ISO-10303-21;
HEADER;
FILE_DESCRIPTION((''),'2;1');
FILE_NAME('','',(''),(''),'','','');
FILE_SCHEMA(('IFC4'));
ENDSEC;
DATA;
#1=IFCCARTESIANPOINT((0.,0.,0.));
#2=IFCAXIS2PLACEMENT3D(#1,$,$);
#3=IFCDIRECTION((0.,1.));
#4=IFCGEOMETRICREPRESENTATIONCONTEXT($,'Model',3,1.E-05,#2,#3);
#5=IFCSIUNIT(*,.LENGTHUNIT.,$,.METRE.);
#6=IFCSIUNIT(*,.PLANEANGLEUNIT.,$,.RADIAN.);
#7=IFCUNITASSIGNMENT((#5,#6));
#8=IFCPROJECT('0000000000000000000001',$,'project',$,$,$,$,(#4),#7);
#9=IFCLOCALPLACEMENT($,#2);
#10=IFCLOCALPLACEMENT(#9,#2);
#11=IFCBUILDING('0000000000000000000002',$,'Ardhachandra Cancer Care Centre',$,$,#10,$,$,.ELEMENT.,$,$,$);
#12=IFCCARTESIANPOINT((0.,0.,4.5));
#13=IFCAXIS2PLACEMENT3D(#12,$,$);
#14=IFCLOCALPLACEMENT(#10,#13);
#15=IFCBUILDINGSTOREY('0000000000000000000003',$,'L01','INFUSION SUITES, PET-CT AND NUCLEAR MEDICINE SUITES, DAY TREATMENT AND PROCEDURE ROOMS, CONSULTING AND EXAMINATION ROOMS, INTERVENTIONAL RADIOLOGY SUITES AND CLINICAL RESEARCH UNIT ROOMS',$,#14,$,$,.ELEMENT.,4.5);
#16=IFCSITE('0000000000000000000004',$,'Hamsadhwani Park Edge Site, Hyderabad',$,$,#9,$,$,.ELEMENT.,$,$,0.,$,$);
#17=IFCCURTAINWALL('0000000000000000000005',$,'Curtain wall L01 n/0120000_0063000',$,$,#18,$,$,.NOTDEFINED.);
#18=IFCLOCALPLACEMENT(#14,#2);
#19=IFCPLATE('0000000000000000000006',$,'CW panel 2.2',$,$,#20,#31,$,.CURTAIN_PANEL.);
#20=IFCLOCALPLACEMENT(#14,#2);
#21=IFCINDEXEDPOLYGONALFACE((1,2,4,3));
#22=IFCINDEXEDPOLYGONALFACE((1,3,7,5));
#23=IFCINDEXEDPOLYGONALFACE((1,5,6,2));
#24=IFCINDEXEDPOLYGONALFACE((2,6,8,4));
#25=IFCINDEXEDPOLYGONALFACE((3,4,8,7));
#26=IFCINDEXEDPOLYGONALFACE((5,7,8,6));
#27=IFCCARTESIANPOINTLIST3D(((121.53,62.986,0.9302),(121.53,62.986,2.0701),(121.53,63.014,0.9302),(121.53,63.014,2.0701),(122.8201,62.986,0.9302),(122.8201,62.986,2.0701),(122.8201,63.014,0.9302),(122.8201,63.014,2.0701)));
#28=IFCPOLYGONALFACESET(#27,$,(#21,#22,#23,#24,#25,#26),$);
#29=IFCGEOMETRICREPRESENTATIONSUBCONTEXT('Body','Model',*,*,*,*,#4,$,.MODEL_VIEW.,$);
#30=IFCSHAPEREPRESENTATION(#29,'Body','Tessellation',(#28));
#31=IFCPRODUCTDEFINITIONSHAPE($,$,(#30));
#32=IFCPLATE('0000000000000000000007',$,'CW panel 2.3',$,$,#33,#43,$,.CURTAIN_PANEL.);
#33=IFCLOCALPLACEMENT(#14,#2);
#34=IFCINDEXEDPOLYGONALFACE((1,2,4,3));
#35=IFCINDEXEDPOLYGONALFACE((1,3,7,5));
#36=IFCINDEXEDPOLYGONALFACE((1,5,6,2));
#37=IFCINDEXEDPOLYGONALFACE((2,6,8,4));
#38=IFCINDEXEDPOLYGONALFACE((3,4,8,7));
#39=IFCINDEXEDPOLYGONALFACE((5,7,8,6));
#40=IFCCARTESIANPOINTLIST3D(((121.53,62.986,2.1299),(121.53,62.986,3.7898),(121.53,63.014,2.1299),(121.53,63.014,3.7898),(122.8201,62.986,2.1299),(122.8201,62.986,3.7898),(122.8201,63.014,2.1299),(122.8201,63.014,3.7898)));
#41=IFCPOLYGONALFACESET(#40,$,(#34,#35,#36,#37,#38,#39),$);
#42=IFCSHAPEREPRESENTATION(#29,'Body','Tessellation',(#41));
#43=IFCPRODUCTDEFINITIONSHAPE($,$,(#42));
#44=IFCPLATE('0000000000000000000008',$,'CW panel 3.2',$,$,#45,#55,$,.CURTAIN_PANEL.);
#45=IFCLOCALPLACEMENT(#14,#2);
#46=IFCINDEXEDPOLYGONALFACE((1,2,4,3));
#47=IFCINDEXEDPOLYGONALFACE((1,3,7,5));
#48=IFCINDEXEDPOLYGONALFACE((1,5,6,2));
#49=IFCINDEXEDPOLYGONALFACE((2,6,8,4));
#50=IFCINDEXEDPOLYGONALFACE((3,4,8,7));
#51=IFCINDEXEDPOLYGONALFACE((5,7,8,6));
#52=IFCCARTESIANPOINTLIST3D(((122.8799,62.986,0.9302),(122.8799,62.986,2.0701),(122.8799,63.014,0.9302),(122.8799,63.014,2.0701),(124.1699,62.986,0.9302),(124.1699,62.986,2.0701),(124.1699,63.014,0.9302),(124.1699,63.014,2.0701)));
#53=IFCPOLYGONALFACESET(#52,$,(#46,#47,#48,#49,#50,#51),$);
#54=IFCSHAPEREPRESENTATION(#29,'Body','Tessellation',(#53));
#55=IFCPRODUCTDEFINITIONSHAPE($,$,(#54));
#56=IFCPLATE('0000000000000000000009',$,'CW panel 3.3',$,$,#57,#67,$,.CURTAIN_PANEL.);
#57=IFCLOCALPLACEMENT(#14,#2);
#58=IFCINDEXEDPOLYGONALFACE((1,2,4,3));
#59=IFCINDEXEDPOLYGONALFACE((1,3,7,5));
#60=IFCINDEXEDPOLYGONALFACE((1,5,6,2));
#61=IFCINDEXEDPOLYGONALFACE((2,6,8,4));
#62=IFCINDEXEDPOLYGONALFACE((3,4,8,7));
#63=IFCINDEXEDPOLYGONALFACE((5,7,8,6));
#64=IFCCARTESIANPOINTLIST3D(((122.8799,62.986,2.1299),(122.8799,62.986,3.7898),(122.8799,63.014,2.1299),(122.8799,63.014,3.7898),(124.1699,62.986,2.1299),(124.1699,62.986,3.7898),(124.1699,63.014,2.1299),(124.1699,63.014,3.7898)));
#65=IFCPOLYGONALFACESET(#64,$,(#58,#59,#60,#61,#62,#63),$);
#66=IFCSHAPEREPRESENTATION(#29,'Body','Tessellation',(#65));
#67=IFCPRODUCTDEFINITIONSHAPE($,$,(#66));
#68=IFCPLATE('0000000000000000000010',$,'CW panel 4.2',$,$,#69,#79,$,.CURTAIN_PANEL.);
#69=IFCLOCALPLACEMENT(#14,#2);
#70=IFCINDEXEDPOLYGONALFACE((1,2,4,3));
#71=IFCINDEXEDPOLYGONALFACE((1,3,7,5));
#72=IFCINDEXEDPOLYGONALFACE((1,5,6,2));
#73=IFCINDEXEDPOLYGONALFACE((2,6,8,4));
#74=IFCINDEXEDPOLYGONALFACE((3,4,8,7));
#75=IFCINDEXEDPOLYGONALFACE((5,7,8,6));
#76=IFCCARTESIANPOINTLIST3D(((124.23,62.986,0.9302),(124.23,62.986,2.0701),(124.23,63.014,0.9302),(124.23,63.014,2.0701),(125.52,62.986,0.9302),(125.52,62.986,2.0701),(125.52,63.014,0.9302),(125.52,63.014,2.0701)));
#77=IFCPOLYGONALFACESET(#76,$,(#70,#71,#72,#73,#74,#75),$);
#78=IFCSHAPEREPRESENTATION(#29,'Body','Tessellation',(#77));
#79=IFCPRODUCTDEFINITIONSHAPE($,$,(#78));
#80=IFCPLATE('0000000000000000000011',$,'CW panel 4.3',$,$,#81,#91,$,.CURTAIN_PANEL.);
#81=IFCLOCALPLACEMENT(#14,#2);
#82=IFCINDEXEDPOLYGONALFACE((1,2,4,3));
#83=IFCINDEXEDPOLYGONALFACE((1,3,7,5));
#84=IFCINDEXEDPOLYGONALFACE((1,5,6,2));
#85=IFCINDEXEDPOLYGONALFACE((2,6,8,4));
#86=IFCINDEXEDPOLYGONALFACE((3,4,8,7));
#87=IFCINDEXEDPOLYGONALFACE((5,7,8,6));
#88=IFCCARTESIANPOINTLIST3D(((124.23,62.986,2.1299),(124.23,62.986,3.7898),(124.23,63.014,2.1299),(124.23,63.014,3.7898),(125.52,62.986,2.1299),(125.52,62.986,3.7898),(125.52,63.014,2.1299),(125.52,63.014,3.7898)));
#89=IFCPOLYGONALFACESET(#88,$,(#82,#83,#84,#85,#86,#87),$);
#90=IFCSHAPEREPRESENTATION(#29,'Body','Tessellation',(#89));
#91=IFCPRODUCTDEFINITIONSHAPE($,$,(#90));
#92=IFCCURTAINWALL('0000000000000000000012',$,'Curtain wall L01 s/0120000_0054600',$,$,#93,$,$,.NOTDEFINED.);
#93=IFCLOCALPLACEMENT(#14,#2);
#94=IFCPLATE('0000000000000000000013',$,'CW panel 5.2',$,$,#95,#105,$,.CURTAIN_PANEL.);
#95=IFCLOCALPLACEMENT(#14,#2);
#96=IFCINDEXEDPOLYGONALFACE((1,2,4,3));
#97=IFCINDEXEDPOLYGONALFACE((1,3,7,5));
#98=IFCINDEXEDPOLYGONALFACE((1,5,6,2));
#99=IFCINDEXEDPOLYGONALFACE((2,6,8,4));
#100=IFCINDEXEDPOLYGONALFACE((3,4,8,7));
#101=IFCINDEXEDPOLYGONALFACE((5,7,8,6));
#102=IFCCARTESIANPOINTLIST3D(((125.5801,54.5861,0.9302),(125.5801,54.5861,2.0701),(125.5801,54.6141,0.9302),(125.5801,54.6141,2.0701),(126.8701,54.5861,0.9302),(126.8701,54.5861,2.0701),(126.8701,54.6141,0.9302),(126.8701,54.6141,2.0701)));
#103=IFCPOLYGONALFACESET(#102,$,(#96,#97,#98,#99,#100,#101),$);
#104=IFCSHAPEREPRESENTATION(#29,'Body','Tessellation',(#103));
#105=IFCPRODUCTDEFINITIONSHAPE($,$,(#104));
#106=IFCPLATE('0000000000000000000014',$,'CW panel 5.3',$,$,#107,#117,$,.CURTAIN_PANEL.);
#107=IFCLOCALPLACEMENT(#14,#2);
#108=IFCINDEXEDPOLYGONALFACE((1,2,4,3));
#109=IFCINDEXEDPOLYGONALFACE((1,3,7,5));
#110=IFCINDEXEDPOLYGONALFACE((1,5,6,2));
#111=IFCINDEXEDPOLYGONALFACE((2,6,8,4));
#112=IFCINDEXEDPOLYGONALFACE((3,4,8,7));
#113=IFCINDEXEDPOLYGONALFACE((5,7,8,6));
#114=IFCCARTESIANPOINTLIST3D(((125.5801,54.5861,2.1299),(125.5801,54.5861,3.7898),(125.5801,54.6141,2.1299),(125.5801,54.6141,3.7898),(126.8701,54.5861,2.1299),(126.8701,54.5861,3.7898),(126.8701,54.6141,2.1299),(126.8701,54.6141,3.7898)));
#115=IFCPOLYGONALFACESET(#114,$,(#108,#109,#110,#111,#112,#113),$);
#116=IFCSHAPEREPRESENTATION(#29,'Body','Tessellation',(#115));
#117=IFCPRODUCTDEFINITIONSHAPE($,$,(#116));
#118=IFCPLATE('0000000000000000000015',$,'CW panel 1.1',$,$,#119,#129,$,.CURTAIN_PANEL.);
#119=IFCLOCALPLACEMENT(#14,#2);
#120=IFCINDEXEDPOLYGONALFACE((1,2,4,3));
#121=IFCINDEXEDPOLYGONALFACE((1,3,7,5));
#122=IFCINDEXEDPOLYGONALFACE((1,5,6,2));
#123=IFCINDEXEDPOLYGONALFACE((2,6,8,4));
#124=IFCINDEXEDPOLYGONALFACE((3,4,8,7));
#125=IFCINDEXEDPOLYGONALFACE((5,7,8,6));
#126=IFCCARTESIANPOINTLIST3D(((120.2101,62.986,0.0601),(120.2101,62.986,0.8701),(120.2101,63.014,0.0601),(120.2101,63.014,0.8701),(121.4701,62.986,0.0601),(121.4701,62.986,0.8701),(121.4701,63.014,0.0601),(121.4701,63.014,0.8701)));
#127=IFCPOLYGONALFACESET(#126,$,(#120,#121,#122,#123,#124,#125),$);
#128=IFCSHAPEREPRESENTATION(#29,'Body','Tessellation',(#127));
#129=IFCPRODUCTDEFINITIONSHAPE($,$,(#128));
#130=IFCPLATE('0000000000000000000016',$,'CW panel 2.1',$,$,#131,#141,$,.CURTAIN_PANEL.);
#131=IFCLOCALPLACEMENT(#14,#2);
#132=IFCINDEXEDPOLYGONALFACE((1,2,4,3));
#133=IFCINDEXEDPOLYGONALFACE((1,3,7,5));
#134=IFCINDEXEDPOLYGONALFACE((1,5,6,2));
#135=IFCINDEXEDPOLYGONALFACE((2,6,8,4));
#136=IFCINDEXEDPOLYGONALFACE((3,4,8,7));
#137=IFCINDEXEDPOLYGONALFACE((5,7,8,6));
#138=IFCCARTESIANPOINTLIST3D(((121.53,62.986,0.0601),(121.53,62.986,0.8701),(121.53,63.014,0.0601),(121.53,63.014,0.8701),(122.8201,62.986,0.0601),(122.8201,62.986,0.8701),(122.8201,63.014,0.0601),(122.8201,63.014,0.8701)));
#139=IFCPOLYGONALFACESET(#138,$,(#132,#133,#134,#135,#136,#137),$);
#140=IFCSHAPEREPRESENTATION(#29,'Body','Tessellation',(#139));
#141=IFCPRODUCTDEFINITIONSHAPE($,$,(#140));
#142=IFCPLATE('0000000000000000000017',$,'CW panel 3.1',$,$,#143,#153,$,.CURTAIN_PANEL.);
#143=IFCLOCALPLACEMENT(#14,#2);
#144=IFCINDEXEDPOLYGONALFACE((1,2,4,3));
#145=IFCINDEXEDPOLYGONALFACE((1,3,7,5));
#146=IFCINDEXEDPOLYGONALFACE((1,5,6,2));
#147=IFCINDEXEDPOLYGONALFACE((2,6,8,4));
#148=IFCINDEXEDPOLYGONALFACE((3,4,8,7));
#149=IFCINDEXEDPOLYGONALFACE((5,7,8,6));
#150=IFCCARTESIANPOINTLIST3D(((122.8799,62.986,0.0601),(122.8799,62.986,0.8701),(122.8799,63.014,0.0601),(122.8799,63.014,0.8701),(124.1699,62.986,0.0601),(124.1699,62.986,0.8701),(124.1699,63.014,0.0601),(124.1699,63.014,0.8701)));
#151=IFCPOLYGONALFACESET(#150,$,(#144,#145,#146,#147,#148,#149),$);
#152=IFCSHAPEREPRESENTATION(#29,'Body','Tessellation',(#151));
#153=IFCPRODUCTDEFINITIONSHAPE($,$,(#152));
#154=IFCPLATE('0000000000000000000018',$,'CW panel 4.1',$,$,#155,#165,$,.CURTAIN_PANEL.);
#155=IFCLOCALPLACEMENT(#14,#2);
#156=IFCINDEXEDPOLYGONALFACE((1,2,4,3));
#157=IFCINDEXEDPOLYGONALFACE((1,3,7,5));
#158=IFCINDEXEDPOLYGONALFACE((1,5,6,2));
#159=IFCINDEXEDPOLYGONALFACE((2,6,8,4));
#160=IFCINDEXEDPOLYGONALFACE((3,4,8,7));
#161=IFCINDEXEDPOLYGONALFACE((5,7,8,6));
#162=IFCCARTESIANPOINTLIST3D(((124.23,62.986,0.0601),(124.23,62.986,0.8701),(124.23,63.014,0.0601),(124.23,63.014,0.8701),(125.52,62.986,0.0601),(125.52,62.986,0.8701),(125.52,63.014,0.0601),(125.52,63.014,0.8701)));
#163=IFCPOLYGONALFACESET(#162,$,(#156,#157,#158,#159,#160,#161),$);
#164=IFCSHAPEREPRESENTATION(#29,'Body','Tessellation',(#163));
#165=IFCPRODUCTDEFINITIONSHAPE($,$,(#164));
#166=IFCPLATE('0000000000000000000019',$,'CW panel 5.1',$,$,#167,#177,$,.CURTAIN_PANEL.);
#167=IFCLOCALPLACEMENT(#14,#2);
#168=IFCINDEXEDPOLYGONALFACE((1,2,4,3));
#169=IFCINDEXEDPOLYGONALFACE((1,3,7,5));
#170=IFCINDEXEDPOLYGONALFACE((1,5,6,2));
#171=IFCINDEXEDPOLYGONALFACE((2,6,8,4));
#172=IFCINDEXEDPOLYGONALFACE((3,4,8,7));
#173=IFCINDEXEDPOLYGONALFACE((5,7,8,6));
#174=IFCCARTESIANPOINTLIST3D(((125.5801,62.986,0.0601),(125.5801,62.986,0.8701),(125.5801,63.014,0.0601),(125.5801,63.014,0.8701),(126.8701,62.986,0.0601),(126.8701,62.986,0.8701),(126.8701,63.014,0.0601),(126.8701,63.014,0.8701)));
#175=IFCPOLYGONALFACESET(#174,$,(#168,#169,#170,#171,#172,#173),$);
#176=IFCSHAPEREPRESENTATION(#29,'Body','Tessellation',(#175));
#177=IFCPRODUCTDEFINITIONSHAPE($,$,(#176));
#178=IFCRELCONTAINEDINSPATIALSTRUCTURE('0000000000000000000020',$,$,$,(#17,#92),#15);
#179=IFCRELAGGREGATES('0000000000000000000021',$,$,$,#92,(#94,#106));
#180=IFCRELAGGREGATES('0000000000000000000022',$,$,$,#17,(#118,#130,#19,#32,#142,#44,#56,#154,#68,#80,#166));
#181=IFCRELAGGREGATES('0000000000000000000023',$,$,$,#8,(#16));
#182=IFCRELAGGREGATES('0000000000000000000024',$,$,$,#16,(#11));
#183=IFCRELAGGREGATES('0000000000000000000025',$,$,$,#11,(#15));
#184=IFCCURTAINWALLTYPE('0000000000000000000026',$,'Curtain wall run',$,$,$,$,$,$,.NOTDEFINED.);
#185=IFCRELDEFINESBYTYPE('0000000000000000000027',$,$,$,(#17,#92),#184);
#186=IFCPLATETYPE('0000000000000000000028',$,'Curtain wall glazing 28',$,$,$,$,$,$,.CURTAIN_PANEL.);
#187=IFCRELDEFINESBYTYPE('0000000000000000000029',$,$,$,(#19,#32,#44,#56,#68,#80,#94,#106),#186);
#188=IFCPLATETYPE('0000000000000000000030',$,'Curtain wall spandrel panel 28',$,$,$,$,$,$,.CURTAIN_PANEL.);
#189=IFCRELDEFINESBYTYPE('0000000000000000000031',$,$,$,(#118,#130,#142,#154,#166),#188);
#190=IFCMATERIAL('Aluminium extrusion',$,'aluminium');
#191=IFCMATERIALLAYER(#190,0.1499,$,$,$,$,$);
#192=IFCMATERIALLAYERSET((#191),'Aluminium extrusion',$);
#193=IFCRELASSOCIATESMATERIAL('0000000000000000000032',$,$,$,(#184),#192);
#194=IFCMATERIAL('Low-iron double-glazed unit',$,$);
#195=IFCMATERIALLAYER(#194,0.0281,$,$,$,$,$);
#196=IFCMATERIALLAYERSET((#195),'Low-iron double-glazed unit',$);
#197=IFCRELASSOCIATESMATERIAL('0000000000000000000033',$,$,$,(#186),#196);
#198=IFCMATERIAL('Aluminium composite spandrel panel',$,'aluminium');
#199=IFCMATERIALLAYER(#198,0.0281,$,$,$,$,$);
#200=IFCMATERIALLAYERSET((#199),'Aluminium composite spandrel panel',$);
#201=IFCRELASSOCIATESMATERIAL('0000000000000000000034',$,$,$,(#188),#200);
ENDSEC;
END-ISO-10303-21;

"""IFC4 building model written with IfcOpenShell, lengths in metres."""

from ifc_helpers import new_model, si_unit, direction, frame, origin, origin_2d, place, context, subcontext, project, spatial, rectangle, extrude, material, layer, layer_set, type_object, element, aggregate, save


model = new_model("IFC4")

# Units and contexts
model_context = context("Model", 3, precision=1e-05, world=origin(), true_north=direction((0.0, 1.0)))
body_context = subcontext(model_context, "Body", "Model", "MODEL_VIEW")
ifc_project = project(units=[si_unit("LENGTHUNIT", "METRE"), si_unit("PLANEANGLEUNIT", "RADIAN")], contexts=[model_context])

# Site, building, storey
site_placement = place(None, origin())
site = spatial("IfcSite", under=ifc_project, at=site_placement, Name="Hamsadhwani Park Edge Site, Hyderabad", CompositionType="ELEMENT", RefElevation=0.0)
building_placement = place(site_placement, origin())
building = spatial("IfcBuilding", under=site, at=building_placement, Name="Ardhachandra Cancer Care Centre", CompositionType="ELEMENT")
storey_placement = place(building_placement, frame((0.0, 0.0, 4.5)))
storey = spatial("IfcBuildingStorey", under=building, at=storey_placement, Name="L01", Description="INFUSION SUITES, PET-CT AND NUCLEAR MEDICINE SUITES, DAY TREATMENT AND PROCEDURE ROOMS, CONSULTING AND EXAMINATION ROOMS, INTERVENTIONAL RADIOLOGY SUITES AND CLINICAL RESEARCH UNIT ROOMS", CompositionType="ELEMENT", Elevation=4.5)

# Curtain wall, plates
ifc_material_1 = material(Name="Aluminium extrusion", Category="aluminium")
ifc_layer_1 = layer(ifc_material_1, 0.1499)
ifc_layer_set_1 = layer_set([ifc_layer_1], Name="Aluminium extrusion")
curtain_wall_type = type_object("IfcCurtainWallType", Name="Curtain wall run", PredefinedType="NOTDEFINED", material=ifc_layer_set_1)
curtain_wall_1_placement = place(storey_placement, origin())
curtain_wall_1 = element("IfcCurtainWall", 1, at=curtain_wall_1_placement, inside=storey, type_object=curtain_wall_type, Name="Curtain wall L01 n/0120000_0063000", PredefinedType="NOTDEFINED")
ifc_material_2 = material(Name="Low-iron double-glazed unit")
ifc_layer_2 = layer(ifc_material_2, 0.0281)
ifc_layer_set_2 = layer_set([ifc_layer_2], Name="Low-iron double-glazed unit")
plate_type_1 = type_object("IfcPlateType", Name="Curtain wall glazing 28", PredefinedType="CURTAIN_PANEL", material=ifc_layer_set_2)
plate_1_placement = place(storey_placement, frame((122.175, 63.0, 0.9302), z_axis=(0.0, 0.0, 1.0), x_axis=(1.0, 0.0, 0.0)))
plate_1 = element("IfcPlate", 2, at=plate_1_placement, type_object=plate_type_1, Name="CW panel 2.2", PredefinedType="CURTAIN_PANEL", context=body_context, shape_type="SweptSolid", body=[
    extrude(rectangle(XDim=1.29, YDim=0.0281, at=origin_2d()), origin(), (0.0, 0.0, 1.0), 1.1399),
])
plate_2_placement = place(storey_placement, frame((122.175, 63.0, 2.1299), z_axis=(0.0, 0.0, 1.0), x_axis=(1.0, 0.0, 0.0)))
plate_2 = element("IfcPlate", 3, at=plate_2_placement, type_object=plate_type_1, Name="CW panel 2.3", PredefinedType="CURTAIN_PANEL", context=body_context, shape_type="SweptSolid", body=[
    extrude(rectangle(XDim=1.29, YDim=0.0281, at=origin_2d()), origin(), (0.0, 0.0, 1.0), 1.6599),
])
plate_3_placement = place(storey_placement, frame((123.5249, 63.0, 0.9302), z_axis=(0.0, 0.0, 1.0), x_axis=(1.0, 0.0, 0.0)))
plate_3 = element("IfcPlate", 4, at=plate_3_placement, type_object=plate_type_1, Name="CW panel 3.2", PredefinedType="CURTAIN_PANEL", context=body_context, shape_type="SweptSolid", body=[
    extrude(rectangle(XDim=1.29, YDim=0.0281, at=origin_2d()), origin(), (0.0, 0.0, 1.0), 1.1399),
])
plate_4_placement = place(storey_placement, frame((123.5249, 63.0, 2.1299), z_axis=(0.0, 0.0, 1.0), x_axis=(1.0, 0.0, 0.0)))
plate_4 = element("IfcPlate", 5, at=plate_4_placement, type_object=plate_type_1, Name="CW panel 3.3", PredefinedType="CURTAIN_PANEL", context=body_context, shape_type="SweptSolid", body=[
    extrude(rectangle(XDim=1.29, YDim=0.0281, at=origin_2d()), origin(), (0.0, 0.0, 1.0), 1.6599),
])
plate_5_placement = place(storey_placement, frame((124.875, 63.0, 0.9302), z_axis=(0.0, 0.0, 1.0), x_axis=(1.0, 0.0, 0.0)))
plate_5 = element("IfcPlate", 6, at=plate_5_placement, type_object=plate_type_1, Name="CW panel 4.2", PredefinedType="CURTAIN_PANEL", context=body_context, shape_type="SweptSolid", body=[
    extrude(rectangle(XDim=1.29, YDim=0.0281, at=origin_2d()), origin(), (0.0, 0.0, 1.0), 1.1399),
])
plate_6_placement = place(storey_placement, frame((124.875, 63.0, 2.1299), z_axis=(0.0, 0.0, 1.0), x_axis=(1.0, 0.0, 0.0)))
plate_6 = element("IfcPlate", 7, at=plate_6_placement, type_object=plate_type_1, Name="CW panel 4.3", PredefinedType="CURTAIN_PANEL", context=body_context, shape_type="SweptSolid", body=[
    extrude(rectangle(XDim=1.29, YDim=0.0281, at=origin_2d()), origin(), (0.0, 0.0, 1.0), 1.6599),
])

# Curtain wall, plates
curtain_wall_2_placement = place(storey_placement, origin())
curtain_wall_2 = element("IfcCurtainWall", 8, at=curtain_wall_2_placement, inside=storey, type_object=curtain_wall_type, Name="Curtain wall L01 s/0120000_0054600", PredefinedType="NOTDEFINED")
plate_7_placement = place(storey_placement, frame((126.2251, 54.6001, 0.9302), z_axis=(0.0, 0.0, 1.0), x_axis=(1.0, 0.0, 0.0)))
plate_7 = element("IfcPlate", 9, at=plate_7_placement, type_object=plate_type_1, Name="CW panel 5.2", PredefinedType="CURTAIN_PANEL", context=body_context, shape_type="SweptSolid", body=[
    extrude(rectangle(XDim=1.29, YDim=0.0281, at=origin_2d()), origin(), (0.0, 0.0, 1.0), 1.1399),
])
plate_8_placement = place(storey_placement, frame((126.2251, 54.6001, 2.1299), z_axis=(0.0, 0.0, 1.0), x_axis=(1.0, 0.0, 0.0)))
plate_8 = element("IfcPlate", 10, at=plate_8_placement, type_object=plate_type_1, Name="CW panel 5.3", PredefinedType="CURTAIN_PANEL", context=body_context, shape_type="SweptSolid", body=[
    extrude(rectangle(XDim=1.29, YDim=0.0281, at=origin_2d()), origin(), (0.0, 0.0, 1.0), 1.6599),
])
aggregate(curtain_wall_2, [plate_7, plate_8])

# Plates
ifc_material_3 = material(Name="Aluminium composite spandrel panel", Category="aluminium")
ifc_layer_3 = layer(ifc_material_3, 0.0281)
ifc_layer_set_3 = layer_set([ifc_layer_3], Name="Aluminium composite spandrel panel")
plate_type_2 = type_object("IfcPlateType", Name="Curtain wall spandrel panel 28", PredefinedType="CURTAIN_PANEL", material=ifc_layer_set_3)
plate_9_placement = place(storey_placement, frame((120.8401, 63.0, 0.0601), z_axis=(0.0, 0.0, 1.0), x_axis=(1.0, 0.0, 0.0)))
plate_9 = element("IfcPlate", 11, at=plate_9_placement, type_object=plate_type_2, Name="CW panel 1.1", PredefinedType="CURTAIN_PANEL", context=body_context, shape_type="SweptSolid", body=[
    extrude(rectangle(XDim=1.26, YDim=0.0281, at=origin_2d()), origin(), (0.0, 0.0, 1.0), 0.8101),
])
plate_10_placement = place(storey_placement, frame((122.175, 63.0, 0.0601), z_axis=(0.0, 0.0, 1.0), x_axis=(1.0, 0.0, 0.0)))
plate_10 = element("IfcPlate", 12, at=plate_10_placement, type_object=plate_type_2, Name="CW panel 2.1", PredefinedType="CURTAIN_PANEL", context=body_context, shape_type="SweptSolid", body=[
    extrude(rectangle(XDim=1.29, YDim=0.0281, at=origin_2d()), origin(), (0.0, 0.0, 1.0), 0.8101),
])
plate_11_placement = place(storey_placement, frame((123.5249, 63.0, 0.0601), z_axis=(0.0, 0.0, 1.0), x_axis=(1.0, 0.0, 0.0)))
plate_11 = element("IfcPlate", 13, at=plate_11_placement, type_object=plate_type_2, Name="CW panel 3.1", PredefinedType="CURTAIN_PANEL", context=body_context, shape_type="SweptSolid", body=[
    extrude(rectangle(XDim=1.29, YDim=0.0281, at=origin_2d()), origin(), (0.0, 0.0, 1.0), 0.8101),
])
plate_12_placement = place(storey_placement, frame((124.875, 63.0, 0.0601), z_axis=(0.0, 0.0, 1.0), x_axis=(1.0, 0.0, 0.0)))
plate_12 = element("IfcPlate", 14, at=plate_12_placement, type_object=plate_type_2, Name="CW panel 4.1", PredefinedType="CURTAIN_PANEL", context=body_context, shape_type="SweptSolid", body=[
    extrude(rectangle(XDim=1.29, YDim=0.0281, at=origin_2d()), origin(), (0.0, 0.0, 1.0), 0.8101),
])
plate_13_placement = place(storey_placement, frame((126.2251, 63.0, 0.0601), z_axis=(0.0, 0.0, 1.0), x_axis=(1.0, 0.0, 0.0)))
plate_13 = element("IfcPlate", 15, at=plate_13_placement, type_object=plate_type_2, Name="CW panel 5.1", PredefinedType="CURTAIN_PANEL", context=body_context, shape_type="SweptSolid", body=[
    extrude(rectangle(XDim=1.29, YDim=0.0281, at=origin_2d()), origin(), (0.0, 0.0, 1.0), 0.8101),
])
aggregate(curtain_wall_1, [plate_9, plate_10, plate_1, plate_2, plate_11, plate_3, plate_4, plate_12, plate_5, plate_6, plate_13])

save(model, "model.ifc")
